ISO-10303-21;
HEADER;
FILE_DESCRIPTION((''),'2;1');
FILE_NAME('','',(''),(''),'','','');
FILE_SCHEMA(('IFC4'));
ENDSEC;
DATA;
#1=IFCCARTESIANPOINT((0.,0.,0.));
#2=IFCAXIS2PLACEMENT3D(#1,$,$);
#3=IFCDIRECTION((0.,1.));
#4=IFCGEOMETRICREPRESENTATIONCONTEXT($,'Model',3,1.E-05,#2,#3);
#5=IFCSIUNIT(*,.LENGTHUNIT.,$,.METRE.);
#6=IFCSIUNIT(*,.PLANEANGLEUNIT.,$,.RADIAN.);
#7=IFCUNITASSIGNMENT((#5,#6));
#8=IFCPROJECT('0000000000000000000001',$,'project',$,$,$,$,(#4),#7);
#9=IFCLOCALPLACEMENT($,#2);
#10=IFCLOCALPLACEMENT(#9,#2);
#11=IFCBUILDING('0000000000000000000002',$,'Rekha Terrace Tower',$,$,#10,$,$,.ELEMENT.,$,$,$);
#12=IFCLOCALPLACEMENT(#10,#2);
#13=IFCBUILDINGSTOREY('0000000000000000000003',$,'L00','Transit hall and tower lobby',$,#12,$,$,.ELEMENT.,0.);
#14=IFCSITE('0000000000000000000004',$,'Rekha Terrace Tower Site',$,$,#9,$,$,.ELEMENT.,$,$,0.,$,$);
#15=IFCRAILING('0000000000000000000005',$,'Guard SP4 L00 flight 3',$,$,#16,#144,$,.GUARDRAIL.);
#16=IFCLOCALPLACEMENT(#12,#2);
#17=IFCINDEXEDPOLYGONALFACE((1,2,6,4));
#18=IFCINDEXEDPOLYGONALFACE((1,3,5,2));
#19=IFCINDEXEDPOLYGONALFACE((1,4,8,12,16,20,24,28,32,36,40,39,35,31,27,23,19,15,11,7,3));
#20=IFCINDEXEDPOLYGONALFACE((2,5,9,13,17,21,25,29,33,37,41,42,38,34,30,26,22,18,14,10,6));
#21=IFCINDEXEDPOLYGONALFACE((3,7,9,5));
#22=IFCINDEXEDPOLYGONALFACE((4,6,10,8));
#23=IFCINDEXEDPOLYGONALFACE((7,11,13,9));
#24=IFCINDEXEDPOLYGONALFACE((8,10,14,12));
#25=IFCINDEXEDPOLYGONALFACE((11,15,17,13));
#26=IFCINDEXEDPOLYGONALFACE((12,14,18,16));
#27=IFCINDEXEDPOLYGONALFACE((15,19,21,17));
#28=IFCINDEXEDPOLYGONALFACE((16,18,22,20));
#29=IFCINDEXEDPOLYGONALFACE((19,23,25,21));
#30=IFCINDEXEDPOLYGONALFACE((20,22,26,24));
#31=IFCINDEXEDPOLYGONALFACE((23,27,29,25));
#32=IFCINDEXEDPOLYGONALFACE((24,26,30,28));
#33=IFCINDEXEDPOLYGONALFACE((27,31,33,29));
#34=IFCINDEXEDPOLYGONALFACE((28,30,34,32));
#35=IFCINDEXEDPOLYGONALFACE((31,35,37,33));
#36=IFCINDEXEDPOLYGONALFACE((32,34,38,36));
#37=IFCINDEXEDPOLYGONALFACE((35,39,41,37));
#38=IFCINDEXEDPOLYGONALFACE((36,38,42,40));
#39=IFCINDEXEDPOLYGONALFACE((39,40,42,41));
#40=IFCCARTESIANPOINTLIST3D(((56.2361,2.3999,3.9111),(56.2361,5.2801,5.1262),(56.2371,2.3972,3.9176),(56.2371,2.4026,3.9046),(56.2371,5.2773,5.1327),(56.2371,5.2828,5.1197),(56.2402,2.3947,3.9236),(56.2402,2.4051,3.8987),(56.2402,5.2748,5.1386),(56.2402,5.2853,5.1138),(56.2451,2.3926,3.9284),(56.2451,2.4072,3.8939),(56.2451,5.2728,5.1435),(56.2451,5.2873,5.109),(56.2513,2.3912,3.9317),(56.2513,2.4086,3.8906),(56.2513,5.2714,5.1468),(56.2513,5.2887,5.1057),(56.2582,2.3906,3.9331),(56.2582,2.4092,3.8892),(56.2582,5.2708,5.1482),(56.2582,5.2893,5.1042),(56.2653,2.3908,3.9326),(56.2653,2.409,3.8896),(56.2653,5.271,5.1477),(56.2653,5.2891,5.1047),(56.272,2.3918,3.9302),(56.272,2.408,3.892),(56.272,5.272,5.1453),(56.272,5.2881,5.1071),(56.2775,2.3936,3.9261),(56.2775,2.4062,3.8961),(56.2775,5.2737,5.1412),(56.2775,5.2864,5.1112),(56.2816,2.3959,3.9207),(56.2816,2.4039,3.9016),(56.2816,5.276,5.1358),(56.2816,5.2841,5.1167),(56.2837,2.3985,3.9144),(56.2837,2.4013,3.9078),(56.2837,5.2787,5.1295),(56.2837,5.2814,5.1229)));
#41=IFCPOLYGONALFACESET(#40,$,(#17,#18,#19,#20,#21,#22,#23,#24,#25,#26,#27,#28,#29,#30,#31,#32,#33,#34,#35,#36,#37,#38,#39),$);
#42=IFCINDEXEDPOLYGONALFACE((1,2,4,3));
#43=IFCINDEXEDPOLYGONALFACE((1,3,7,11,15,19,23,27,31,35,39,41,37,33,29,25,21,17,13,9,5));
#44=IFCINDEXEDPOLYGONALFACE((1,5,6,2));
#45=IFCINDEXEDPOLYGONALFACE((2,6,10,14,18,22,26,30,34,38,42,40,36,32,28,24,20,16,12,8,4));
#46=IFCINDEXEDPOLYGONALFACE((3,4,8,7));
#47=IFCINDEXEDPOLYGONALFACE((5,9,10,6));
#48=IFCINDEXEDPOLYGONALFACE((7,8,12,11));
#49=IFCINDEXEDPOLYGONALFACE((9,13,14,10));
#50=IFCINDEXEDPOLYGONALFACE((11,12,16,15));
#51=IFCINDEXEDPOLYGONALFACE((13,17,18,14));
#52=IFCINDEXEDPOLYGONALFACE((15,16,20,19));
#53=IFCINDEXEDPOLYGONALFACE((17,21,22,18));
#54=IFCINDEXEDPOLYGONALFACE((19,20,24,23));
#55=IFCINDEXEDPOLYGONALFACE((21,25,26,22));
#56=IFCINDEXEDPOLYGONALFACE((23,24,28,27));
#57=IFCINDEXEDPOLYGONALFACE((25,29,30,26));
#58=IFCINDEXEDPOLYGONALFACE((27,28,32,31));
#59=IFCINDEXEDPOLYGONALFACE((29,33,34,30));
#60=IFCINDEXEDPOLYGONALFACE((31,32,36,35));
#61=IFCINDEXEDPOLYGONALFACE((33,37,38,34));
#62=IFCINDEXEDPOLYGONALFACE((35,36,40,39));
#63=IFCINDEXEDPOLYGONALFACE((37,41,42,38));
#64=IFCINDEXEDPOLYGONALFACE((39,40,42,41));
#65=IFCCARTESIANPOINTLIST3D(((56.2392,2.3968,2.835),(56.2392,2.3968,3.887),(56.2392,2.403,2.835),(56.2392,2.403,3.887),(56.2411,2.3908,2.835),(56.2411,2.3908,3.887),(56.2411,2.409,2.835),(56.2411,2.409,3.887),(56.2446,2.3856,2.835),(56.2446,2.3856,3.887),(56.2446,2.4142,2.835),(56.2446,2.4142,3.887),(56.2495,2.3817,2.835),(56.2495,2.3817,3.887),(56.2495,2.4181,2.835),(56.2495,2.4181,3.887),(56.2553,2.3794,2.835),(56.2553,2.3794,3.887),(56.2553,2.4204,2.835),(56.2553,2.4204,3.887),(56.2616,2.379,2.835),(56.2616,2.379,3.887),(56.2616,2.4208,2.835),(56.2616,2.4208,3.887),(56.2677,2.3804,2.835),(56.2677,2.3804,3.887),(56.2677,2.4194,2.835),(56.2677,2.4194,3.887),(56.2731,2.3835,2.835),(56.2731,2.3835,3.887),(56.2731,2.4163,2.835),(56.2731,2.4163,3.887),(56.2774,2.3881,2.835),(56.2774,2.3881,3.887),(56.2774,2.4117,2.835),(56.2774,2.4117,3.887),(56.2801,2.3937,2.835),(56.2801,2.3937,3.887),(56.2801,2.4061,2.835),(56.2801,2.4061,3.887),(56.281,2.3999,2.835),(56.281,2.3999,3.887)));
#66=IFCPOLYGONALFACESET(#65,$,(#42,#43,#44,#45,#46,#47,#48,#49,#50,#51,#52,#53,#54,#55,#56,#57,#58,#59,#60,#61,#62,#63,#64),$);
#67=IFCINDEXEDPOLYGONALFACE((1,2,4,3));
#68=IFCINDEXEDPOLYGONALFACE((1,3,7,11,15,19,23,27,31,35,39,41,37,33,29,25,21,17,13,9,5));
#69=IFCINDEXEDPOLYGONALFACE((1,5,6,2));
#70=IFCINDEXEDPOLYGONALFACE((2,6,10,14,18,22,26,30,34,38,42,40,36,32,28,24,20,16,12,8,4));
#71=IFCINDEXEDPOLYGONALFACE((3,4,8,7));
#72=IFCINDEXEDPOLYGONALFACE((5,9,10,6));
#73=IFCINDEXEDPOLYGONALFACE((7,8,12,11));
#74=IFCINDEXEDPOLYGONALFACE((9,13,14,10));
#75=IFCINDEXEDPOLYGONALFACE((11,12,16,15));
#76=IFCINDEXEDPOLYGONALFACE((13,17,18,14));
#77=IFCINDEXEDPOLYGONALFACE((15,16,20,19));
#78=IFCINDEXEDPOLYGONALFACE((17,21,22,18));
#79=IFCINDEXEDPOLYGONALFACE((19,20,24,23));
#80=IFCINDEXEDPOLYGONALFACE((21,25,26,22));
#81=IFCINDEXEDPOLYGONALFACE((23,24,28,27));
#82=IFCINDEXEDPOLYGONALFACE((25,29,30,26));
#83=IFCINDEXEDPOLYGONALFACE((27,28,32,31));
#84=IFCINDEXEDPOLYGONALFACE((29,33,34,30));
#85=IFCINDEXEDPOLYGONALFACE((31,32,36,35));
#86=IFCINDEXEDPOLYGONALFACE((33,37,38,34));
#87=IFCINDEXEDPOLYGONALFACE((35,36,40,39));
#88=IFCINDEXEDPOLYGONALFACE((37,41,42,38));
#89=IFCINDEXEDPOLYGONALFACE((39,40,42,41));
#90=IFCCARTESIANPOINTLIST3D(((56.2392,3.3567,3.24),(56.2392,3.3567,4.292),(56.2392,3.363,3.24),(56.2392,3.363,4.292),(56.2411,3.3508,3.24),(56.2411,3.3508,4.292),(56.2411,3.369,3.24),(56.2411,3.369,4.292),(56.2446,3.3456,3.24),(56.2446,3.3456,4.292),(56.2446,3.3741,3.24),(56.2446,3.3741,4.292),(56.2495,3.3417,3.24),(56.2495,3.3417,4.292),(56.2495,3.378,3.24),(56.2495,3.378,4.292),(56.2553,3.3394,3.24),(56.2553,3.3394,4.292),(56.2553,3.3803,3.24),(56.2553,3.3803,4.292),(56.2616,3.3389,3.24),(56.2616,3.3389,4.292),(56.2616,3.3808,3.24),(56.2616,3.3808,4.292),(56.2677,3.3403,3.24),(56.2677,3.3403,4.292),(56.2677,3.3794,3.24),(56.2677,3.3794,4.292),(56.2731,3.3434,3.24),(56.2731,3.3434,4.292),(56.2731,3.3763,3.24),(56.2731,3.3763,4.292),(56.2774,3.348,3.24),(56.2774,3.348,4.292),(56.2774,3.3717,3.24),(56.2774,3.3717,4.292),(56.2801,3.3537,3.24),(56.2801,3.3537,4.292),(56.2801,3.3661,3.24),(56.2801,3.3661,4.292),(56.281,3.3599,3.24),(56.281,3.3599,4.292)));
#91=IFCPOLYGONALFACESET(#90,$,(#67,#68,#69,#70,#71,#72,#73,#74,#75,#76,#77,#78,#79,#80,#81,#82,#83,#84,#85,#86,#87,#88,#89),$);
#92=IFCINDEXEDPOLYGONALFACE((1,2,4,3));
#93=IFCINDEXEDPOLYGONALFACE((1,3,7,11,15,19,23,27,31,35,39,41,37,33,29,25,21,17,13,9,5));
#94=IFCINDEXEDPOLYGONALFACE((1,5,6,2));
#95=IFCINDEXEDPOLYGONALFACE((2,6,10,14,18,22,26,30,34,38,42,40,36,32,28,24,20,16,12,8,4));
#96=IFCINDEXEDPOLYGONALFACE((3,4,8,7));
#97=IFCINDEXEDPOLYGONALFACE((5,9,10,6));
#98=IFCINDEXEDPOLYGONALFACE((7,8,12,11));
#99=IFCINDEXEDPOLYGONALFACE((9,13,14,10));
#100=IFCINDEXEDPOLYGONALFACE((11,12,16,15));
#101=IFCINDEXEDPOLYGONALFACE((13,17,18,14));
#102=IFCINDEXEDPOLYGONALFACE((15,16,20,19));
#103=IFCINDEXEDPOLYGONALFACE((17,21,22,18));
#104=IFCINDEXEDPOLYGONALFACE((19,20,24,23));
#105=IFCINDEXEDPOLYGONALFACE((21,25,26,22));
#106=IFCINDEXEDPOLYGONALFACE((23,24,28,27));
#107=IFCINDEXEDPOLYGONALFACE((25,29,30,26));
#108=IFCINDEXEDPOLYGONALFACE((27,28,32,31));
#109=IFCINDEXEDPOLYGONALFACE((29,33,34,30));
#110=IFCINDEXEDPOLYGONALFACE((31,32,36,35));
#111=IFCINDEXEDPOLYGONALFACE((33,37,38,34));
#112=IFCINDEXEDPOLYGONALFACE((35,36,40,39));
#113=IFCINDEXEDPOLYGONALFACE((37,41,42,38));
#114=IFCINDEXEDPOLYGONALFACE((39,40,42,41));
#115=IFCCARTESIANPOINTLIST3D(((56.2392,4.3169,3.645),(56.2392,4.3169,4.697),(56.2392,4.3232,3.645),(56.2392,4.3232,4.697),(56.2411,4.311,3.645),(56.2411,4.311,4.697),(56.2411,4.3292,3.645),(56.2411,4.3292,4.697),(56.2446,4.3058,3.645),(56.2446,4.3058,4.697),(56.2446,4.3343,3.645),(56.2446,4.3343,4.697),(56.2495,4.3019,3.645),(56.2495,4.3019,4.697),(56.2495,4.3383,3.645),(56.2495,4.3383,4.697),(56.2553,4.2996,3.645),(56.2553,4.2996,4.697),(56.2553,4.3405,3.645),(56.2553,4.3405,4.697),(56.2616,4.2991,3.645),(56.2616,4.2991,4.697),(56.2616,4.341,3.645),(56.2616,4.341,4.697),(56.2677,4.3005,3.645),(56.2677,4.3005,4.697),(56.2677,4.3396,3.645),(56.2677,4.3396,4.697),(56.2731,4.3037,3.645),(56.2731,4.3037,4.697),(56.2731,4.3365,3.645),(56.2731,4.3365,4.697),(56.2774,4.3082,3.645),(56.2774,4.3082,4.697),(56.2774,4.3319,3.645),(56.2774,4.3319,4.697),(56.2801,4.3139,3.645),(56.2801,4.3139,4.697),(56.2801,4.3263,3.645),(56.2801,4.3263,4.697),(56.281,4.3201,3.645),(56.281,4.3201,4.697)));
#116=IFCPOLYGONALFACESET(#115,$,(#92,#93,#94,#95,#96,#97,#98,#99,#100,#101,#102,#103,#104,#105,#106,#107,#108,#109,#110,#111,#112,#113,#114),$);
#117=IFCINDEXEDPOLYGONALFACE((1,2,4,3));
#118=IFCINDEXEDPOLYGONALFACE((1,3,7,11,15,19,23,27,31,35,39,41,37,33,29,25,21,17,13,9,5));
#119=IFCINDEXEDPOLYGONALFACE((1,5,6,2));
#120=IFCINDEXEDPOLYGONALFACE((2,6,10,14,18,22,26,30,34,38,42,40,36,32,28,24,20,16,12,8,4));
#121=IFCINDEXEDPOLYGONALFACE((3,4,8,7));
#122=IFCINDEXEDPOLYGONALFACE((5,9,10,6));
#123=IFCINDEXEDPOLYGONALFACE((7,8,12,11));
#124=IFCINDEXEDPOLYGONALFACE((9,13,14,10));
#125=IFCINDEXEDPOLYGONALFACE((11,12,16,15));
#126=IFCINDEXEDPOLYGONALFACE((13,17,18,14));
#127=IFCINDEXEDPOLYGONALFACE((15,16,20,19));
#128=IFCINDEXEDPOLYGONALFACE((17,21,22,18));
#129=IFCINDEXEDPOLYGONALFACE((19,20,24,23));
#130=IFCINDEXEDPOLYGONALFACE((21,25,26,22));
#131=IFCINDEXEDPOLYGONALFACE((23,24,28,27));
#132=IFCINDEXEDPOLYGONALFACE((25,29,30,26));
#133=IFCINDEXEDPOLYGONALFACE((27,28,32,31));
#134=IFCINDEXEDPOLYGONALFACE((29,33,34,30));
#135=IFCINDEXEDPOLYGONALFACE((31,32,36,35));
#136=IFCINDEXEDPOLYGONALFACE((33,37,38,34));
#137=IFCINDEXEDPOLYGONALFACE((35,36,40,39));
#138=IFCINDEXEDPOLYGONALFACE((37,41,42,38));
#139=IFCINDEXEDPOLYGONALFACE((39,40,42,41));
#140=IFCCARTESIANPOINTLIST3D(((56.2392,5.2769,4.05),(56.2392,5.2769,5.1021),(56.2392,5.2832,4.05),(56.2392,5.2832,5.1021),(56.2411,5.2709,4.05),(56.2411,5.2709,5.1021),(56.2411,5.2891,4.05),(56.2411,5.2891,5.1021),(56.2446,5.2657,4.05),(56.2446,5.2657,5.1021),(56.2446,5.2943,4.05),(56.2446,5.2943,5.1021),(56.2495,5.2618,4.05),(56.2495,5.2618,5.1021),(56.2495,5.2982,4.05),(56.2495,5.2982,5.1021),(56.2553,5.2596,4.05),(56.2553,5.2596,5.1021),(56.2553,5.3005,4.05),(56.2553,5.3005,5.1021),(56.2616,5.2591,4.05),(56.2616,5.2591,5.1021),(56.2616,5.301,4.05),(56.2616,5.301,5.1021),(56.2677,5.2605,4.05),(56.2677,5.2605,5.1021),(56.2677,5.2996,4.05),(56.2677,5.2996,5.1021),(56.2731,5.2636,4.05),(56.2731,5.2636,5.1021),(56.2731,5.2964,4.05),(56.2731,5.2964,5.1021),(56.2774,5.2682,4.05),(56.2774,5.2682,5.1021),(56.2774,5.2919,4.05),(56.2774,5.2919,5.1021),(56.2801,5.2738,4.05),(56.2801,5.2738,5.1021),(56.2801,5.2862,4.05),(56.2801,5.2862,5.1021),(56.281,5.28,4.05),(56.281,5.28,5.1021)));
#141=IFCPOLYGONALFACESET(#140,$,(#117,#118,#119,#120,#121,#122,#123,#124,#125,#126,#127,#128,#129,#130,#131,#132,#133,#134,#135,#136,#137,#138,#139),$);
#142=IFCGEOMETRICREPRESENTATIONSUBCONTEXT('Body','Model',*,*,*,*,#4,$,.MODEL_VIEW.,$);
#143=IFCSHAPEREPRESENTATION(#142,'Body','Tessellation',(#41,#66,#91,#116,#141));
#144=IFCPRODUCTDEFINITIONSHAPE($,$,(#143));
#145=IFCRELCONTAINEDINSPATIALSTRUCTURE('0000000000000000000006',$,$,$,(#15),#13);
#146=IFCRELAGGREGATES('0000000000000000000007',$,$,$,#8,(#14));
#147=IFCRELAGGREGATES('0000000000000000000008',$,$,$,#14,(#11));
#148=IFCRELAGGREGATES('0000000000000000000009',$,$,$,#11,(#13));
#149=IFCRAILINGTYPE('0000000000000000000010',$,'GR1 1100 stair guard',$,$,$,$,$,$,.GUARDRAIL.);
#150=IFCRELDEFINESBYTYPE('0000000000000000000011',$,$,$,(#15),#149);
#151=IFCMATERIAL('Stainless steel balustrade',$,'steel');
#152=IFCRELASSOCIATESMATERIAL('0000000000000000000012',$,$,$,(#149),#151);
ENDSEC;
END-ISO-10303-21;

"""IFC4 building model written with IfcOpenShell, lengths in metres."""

from ifc_helpers import new_model, si_unit, direction, frame, origin, origin_2d, place, context, subcontext, project, spatial, circle, extrude, material, type_object, element, save


model = new_model("IFC4")

# Units and contexts
model_context = context("Model", 3, precision=1e-05, world=origin(), true_north=direction((0.0, 1.0)))
body_context = subcontext(model_context, "Body", "Model", "MODEL_VIEW")
ifc_project = project(units=[si_unit("LENGTHUNIT", "METRE"), si_unit("PLANEANGLEUNIT", "RADIAN")], contexts=[model_context])

# Site, building, storey
site_placement = place(None, origin())
site = spatial("IfcSite", under=ifc_project, at=site_placement, Name="Rekha Terrace Tower Site", CompositionType="ELEMENT", RefElevation=0.0)
building_placement = place(site_placement, origin())
building = spatial("IfcBuilding", under=site, at=building_placement, Name="Rekha Terrace Tower", CompositionType="ELEMENT")
storey_placement = place(building_placement, origin())
storey = spatial("IfcBuildingStorey", under=building, at=storey_placement, Name="L00", Description="Transit hall and tower lobby", CompositionType="ELEMENT", Elevation=0.0)

# Railing
ifc_material_1 = material(Name="Stainless steel balustrade", Category="steel")
railing_type_1 = type_object("IfcRailingType", Name="GR1 1100 stair guard", PredefinedType="GUARDRAIL", material=ifc_material_1)
railing_1_placement = place(storey_placement, frame((56.26, 2.3999, 2.835)))
element("IfcRailing", 1, at=railing_1_placement, inside=storey, type_object=railing_type_1, Name="Guard SP4 L00 flight 3", PredefinedType="GUARDRAIL", context=body_context, shape_type="SweptSolid", body=[
    extrude(circle(Radius=0.0239, at=origin_2d()), frame((0.0, 0.0, 1.0762), z_axis=(0.0, 0.92136, 0.38871), x_axis=(-1.0, 0.0, 0.0)), (0.0, 0.0, 1.0), 3.126),
    extrude(circle(Radius=0.021, at=origin_2d()), origin(), (0.0, 0.0, 1.0), 1.052),
    extrude(circle(Radius=0.021, at=origin_2d()), frame((0.0, 0.96, 0.405)), (0.0, 0.0, 1.0), 1.052),
    extrude(circle(Radius=0.021, at=origin_2d()), frame((0.0, 1.9202, 0.8101)), (0.0, 0.0, 1.0), 1.052),
    extrude(circle(Radius=0.021, at=origin_2d()), frame((0.0, 2.8801, 1.2151)), (0.0, 0.0, 1.0), 1.052),
])

save(model, "model.ifc")
